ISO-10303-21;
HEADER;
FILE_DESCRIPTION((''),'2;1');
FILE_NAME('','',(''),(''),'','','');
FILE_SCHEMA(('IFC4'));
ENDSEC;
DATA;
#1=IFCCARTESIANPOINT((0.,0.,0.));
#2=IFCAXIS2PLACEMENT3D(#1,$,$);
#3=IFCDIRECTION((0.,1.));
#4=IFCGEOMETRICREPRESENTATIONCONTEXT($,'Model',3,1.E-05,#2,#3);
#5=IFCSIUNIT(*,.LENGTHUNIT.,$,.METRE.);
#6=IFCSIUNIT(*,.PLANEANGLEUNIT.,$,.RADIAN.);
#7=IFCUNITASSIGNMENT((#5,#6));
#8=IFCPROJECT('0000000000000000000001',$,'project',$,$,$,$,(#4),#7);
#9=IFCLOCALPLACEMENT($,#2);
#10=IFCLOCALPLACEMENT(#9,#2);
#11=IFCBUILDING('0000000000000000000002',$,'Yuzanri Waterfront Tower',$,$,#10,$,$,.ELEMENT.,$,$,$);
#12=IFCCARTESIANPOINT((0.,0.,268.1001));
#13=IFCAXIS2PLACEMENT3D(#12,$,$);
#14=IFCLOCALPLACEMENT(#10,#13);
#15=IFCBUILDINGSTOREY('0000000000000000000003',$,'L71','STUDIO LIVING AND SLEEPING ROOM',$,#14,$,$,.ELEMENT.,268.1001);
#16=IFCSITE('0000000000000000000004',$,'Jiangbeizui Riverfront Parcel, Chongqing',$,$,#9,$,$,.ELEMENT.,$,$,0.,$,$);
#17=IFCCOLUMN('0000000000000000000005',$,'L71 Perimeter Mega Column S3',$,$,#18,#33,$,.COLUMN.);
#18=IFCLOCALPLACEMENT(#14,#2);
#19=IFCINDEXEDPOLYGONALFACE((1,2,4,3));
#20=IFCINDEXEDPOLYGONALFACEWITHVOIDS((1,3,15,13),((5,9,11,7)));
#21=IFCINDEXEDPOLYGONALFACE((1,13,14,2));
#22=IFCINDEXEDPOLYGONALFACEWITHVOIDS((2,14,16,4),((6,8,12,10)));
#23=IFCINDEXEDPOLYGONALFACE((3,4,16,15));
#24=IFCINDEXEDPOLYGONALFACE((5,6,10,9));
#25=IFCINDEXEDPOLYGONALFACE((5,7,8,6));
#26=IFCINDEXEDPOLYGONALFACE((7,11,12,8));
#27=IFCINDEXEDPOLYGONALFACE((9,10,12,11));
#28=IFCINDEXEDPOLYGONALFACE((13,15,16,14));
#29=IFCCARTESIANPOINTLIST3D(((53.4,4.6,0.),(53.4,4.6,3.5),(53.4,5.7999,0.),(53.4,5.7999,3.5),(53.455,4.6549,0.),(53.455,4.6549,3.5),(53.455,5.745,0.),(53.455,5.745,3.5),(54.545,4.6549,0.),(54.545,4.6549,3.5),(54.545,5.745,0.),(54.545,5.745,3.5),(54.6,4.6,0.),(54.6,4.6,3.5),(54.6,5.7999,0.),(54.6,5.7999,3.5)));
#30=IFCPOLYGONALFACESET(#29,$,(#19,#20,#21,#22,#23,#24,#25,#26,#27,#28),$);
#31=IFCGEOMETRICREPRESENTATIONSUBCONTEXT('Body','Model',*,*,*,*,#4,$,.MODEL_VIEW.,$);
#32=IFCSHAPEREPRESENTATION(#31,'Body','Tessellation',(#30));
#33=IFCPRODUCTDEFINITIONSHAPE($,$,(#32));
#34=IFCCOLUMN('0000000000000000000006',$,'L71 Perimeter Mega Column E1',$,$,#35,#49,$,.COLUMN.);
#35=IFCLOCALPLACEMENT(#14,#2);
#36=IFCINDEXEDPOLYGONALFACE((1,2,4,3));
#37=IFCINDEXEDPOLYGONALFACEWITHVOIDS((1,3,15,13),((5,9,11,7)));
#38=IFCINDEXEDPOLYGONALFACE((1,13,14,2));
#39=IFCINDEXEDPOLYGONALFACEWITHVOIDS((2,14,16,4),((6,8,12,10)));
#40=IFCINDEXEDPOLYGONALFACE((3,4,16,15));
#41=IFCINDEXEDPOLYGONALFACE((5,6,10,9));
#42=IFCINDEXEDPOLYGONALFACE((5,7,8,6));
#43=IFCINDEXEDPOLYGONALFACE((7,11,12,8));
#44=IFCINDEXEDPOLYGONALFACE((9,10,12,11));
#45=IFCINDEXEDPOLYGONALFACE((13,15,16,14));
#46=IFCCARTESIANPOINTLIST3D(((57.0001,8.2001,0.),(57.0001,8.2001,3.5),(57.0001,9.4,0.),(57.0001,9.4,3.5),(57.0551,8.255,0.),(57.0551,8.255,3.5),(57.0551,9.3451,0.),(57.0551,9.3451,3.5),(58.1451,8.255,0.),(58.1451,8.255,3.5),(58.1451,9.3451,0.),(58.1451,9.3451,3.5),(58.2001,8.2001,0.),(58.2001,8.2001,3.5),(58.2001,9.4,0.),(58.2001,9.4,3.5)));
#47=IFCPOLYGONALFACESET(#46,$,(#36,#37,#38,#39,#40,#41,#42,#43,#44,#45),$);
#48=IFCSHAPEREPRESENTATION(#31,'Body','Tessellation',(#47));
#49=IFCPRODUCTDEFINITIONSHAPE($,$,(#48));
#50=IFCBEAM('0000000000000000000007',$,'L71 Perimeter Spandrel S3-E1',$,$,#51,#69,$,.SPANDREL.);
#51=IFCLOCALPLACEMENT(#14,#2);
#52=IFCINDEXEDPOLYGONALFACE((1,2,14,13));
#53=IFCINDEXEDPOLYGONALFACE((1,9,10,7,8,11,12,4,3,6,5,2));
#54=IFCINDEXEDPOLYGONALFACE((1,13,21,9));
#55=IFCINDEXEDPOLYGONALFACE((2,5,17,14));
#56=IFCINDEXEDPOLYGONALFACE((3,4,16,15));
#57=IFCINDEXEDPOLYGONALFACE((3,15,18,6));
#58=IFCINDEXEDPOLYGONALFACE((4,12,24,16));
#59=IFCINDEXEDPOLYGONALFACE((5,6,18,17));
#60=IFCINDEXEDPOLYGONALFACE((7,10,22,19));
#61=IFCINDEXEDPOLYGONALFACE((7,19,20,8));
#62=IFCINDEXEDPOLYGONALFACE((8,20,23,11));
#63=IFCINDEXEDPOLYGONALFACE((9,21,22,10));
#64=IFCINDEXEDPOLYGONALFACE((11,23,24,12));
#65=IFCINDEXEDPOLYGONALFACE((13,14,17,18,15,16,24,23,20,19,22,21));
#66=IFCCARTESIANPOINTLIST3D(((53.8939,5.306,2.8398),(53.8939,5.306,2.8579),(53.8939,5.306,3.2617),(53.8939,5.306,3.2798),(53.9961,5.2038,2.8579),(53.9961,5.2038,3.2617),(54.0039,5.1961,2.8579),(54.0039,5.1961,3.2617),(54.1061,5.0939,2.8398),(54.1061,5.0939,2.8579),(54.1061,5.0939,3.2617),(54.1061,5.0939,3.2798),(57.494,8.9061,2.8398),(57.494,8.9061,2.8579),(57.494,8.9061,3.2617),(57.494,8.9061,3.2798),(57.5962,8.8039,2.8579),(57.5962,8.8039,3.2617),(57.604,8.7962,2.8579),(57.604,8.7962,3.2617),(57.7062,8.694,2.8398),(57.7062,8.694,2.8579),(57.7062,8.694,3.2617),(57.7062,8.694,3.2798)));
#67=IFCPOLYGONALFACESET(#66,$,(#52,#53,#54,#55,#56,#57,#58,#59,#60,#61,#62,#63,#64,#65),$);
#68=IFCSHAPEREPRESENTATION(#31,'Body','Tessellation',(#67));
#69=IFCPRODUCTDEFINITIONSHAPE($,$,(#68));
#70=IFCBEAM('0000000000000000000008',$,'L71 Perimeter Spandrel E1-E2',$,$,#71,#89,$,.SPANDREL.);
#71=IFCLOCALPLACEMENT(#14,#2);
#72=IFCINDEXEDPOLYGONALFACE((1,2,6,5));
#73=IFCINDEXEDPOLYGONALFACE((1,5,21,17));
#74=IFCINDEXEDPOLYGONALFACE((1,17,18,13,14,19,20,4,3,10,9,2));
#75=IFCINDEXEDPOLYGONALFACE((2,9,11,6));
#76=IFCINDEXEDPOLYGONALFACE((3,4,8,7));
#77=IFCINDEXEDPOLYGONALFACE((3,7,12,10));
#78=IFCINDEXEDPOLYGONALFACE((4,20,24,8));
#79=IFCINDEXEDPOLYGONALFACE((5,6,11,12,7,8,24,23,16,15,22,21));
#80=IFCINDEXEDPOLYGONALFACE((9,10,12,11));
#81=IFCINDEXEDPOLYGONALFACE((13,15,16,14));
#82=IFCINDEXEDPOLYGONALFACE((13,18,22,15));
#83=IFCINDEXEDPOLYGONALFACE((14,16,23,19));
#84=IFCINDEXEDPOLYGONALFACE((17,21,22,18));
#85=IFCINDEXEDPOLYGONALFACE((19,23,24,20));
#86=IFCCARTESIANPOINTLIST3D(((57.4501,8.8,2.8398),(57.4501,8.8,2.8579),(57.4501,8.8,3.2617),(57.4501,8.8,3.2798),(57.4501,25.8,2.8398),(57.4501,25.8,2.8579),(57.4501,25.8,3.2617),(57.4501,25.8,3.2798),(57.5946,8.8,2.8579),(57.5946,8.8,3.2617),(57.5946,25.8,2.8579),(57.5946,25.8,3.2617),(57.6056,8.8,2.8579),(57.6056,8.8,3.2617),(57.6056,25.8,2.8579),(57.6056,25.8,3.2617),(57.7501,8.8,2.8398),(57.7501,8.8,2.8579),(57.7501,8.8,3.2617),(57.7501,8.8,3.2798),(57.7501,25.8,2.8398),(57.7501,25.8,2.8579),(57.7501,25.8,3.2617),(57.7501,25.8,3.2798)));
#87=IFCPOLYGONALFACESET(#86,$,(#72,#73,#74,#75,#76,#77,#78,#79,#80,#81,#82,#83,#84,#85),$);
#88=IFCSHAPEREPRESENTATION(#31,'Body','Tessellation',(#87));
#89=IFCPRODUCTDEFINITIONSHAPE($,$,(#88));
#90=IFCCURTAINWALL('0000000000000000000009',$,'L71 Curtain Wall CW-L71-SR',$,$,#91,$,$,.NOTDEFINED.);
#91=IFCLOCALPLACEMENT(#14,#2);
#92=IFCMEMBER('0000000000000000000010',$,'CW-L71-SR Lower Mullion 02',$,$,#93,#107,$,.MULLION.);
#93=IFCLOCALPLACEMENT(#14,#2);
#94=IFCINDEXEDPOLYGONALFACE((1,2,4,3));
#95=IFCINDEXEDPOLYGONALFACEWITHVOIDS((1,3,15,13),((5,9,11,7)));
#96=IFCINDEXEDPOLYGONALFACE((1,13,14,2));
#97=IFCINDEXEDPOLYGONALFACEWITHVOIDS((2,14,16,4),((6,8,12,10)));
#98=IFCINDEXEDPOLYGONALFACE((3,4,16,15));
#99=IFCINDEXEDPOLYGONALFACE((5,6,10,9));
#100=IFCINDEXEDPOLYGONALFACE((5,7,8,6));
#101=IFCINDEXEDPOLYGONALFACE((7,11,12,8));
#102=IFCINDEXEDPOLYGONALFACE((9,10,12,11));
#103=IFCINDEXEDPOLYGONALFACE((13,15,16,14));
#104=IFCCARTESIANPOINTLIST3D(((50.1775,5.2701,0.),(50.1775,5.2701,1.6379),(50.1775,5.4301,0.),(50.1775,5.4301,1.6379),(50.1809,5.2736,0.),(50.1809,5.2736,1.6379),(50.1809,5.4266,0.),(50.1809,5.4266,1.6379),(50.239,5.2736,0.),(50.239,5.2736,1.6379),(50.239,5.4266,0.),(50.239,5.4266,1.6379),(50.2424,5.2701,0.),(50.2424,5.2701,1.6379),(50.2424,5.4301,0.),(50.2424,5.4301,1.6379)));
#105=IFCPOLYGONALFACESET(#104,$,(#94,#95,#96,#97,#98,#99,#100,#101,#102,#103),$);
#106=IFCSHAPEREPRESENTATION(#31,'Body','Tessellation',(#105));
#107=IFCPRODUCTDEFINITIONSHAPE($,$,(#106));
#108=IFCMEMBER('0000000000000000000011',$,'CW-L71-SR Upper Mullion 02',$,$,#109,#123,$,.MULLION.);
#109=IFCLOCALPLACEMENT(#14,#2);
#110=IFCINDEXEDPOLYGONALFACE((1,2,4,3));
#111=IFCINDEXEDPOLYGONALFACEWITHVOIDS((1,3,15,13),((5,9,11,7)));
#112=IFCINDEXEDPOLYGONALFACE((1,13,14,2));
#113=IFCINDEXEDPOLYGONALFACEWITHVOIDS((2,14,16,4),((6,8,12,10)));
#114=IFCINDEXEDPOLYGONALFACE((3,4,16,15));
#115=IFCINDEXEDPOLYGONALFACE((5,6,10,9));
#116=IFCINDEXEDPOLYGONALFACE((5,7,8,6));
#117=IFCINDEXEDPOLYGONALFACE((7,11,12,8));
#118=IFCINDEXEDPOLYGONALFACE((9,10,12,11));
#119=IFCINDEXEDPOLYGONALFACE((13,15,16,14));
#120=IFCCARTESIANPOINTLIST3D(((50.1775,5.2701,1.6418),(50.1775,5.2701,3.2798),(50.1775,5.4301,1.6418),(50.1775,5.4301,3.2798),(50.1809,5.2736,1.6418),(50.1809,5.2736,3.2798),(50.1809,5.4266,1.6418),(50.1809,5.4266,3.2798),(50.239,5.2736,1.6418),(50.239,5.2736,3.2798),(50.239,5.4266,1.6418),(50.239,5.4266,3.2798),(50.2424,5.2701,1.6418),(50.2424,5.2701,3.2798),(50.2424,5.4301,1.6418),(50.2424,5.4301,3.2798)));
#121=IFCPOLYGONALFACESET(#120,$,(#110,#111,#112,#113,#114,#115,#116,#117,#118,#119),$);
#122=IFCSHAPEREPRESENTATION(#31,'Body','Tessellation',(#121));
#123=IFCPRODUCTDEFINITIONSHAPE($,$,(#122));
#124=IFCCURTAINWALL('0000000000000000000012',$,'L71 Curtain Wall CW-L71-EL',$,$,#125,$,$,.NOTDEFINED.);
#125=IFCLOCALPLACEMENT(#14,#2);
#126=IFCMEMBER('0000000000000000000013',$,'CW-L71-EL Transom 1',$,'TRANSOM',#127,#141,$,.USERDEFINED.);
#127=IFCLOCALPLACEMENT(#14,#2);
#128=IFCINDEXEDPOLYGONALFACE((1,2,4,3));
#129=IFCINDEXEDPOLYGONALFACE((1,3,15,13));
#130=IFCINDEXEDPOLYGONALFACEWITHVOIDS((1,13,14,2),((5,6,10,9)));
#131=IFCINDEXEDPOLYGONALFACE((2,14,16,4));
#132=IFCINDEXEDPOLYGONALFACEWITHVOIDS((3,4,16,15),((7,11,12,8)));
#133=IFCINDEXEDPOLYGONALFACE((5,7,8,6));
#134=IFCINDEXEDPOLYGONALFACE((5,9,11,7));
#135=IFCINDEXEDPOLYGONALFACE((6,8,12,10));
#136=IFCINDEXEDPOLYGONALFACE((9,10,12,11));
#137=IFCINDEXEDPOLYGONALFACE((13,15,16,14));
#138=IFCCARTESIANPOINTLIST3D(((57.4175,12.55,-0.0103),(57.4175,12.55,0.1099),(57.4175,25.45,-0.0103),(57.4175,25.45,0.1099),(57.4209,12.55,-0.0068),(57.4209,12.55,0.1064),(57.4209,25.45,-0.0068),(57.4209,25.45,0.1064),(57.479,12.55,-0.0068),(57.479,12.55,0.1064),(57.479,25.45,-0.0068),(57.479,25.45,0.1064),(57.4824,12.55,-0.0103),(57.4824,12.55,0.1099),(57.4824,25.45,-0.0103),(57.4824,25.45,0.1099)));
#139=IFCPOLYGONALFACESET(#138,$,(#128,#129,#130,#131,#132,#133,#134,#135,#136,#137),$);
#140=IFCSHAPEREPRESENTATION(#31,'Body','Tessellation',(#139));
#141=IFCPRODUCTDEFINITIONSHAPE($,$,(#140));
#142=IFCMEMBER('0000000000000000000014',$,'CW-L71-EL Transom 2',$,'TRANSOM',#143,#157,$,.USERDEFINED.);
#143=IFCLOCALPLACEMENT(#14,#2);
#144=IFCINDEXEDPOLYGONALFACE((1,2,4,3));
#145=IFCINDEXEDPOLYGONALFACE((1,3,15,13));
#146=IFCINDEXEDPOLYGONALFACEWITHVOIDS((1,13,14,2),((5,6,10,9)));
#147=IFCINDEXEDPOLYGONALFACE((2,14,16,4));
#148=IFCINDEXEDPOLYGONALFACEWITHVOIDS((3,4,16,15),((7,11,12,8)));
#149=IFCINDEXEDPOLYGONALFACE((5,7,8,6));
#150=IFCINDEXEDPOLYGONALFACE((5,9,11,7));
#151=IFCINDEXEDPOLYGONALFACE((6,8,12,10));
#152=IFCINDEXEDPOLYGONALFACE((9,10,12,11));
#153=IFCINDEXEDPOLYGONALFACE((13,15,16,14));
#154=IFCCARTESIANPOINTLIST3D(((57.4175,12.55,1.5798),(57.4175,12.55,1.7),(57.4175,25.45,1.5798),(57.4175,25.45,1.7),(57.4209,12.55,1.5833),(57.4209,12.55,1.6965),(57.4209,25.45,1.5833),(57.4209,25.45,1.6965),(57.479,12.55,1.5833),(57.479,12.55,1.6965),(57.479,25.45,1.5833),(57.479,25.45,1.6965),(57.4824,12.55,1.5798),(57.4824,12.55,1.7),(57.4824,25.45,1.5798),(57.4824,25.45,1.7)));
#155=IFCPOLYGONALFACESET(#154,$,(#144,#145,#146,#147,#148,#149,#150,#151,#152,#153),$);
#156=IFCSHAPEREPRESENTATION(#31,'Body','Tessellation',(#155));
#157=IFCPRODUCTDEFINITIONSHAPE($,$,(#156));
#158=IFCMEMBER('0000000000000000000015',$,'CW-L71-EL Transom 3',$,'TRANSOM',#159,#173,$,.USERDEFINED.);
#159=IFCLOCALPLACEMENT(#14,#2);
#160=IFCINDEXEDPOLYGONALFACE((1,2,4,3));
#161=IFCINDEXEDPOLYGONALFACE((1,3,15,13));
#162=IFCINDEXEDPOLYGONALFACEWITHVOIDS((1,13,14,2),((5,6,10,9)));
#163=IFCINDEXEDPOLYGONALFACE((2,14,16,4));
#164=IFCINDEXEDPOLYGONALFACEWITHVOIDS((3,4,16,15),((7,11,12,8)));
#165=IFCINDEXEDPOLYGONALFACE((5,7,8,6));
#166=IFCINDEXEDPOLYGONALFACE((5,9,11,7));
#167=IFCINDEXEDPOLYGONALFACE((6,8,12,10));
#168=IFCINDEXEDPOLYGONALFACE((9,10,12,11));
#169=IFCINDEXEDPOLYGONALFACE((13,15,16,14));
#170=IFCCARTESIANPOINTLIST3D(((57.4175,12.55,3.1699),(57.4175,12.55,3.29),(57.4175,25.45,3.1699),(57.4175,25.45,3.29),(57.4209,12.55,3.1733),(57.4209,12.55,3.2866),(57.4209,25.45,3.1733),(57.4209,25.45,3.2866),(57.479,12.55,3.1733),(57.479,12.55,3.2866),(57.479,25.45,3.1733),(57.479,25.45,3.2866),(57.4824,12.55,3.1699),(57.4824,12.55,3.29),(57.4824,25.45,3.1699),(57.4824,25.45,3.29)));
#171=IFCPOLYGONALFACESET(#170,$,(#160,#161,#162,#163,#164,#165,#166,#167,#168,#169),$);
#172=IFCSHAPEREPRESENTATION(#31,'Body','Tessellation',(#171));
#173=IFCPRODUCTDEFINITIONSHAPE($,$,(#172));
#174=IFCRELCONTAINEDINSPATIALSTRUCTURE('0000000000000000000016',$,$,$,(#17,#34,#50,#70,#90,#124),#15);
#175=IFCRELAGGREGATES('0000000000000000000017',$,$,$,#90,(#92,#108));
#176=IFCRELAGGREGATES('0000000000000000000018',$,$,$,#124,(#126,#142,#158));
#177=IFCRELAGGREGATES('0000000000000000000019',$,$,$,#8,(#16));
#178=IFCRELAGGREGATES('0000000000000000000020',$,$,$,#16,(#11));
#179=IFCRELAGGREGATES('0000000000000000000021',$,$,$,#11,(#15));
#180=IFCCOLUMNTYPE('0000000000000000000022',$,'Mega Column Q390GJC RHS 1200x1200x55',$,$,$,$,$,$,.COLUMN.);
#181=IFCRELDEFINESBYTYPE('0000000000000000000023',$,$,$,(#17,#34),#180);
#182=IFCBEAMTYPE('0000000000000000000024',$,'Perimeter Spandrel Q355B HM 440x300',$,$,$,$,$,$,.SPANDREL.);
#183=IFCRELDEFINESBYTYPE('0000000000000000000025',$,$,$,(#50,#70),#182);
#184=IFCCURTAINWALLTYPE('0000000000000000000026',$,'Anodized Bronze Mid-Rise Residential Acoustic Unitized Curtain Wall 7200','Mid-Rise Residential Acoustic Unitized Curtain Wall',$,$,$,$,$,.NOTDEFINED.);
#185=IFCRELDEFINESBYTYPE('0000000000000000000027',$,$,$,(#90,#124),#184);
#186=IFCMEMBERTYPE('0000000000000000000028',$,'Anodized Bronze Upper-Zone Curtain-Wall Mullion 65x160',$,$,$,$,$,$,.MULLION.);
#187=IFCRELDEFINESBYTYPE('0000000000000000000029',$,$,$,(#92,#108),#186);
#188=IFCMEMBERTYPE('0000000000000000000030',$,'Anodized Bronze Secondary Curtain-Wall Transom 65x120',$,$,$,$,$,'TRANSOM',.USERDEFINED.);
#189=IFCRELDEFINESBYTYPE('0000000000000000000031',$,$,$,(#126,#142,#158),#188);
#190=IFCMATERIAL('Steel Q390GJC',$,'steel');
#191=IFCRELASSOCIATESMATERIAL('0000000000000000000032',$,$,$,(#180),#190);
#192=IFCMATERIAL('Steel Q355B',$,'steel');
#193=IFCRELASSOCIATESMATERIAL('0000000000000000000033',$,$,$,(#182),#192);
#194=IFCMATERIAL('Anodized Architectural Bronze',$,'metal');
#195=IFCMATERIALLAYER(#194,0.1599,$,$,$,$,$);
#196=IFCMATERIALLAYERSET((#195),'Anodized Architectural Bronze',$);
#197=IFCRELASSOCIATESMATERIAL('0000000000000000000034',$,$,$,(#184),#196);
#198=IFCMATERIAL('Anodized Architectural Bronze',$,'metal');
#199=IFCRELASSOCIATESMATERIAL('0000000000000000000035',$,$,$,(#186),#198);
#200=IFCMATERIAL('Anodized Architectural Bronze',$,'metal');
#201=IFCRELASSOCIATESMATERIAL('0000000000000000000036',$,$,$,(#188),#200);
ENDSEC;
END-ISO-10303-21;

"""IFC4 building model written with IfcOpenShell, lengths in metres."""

from ifc_helpers import new_model, si_unit, direction, frame, origin, origin_2d, place, context, subcontext, project, spatial, hollow_rectangle, i_section, extrude, source, transform, mapped, material, layer, layer_set, material_profile, profile_set, type_object, element, aggregate, save


model = new_model("IFC4")

# Units and contexts
model_context = context("Model", 3, precision=1e-05, world=origin(), true_north=direction((0.0, 1.0)))
body_context = subcontext(model_context, "Body", "Model", "MODEL_VIEW")
ifc_project = project(units=[si_unit("LENGTHUNIT", "METRE"), si_unit("PLANEANGLEUNIT", "RADIAN")], contexts=[model_context])

# Site, building, storey
site_placement = place(None, origin())
site = spatial("IfcSite", under=ifc_project, at=site_placement, Name="Jiangbeizui Riverfront Parcel, Chongqing", CompositionType="ELEMENT", RefElevation=0.0)
building_placement = place(site_placement, origin())
building = spatial("IfcBuilding", under=site, at=building_placement, Name="Yuzanri Waterfront Tower", CompositionType="ELEMENT")
storey_placement = place(building_placement, frame((0.0, 0.0, 268.1001)))
storey = spatial("IfcBuildingStorey", under=building, at=storey_placement, Name="L71", Description="STUDIO LIVING AND SLEEPING ROOM", CompositionType="ELEMENT", Elevation=268.1001)

# Columns
ifc_material_1 = material(Name="Steel Q390GJC", Category="steel")
ifc_material_profile_1 = material_profile(ifc_material_1, hollow_rectangle(XDim=1.2, YDim=1.2, WallThickness=0.0549, at=origin_2d()), Name="RHS 1200x1200x55")
ifc_profile_set_1 = profile_set([ifc_material_profile_1], Name="Steel Q390GJC")
column_type = type_object("IfcColumnType", Name="Mega Column Q390GJC RHS 1200x1200x55", PredefinedType="COLUMN", material=ifc_profile_set_1)
shared_shape_1 = source(origin(), body_context, "Body", "SweptSolid", [
    extrude(hollow_rectangle(XDim=1.2, YDim=1.2, WallThickness=0.0549, at=origin_2d()), origin(), (0.0, 0.0, 1.0), 3.5),
])
for number, where, z_axis, x_axis, name in (
    (1, (54.0, 5.2, 0.0), (0.0, 0.0, 1.0), (1.0, 0.0, 0.0), "L71 Perimeter Mega Column S3"),
    (2, (57.6001, 8.8, 0.0), (0.0, 0.0, 1.0), (1.0, 0.0, 0.0), "L71 Perimeter Mega Column E1"),
):
    element("IfcColumn", number, at=place(storey_placement, frame(where, z_axis=z_axis, x_axis=x_axis)), inside=storey, type_object=column_type, Name=name, PredefinedType="COLUMN", context=body_context, shape_type="MappedRepresentation", body=[
        mapped(shared_shape_1, transform((0.0, 0.0, 0.0), scale=1.0)),
    ])

# Beams
ifc_material_2 = material(Name="Steel Q355B", Category="steel")
ifc_material_profile_2 = material_profile(ifc_material_2, i_section(OverallWidth=0.3, OverallDepth=0.4399, WebThickness=0.011, FlangeThickness=0.0181, at=origin_2d()), Name="HM 440x300x11x18")
ifc_profile_set_2 = profile_set([ifc_material_profile_2], Name="Steel Q355B")
beam_type = type_object("IfcBeamType", Name="Perimeter Spandrel Q355B HM 440x300", PredefinedType="SPANDREL", material=ifc_profile_set_2)
shared_shape_2 = source(origin(), body_context, "Body", "SweptSolid", [
    extrude(i_section(OverallWidth=0.3, OverallDepth=0.4399, WebThickness=0.011, FlangeThickness=0.0181, at=origin_2d()), origin(), (0.0, 0.0, 1.0), 5.0913),
])
beam_1_placement = place(storey_placement, frame((54.0, 5.2, 3.0598), z_axis=(0.707107, 0.707107, 0.0), x_axis=(-0.707107, 0.707107, 0.0)))
element("IfcBeam", 3, at=beam_1_placement, inside=storey, type_object=beam_type, Name="L71 Perimeter Spandrel S3-E1", PredefinedType="SPANDREL", context=body_context, shape_type="MappedRepresentation", body=[
    mapped(shared_shape_2, transform((0.0, 0.0, 0.0), scale=1.0)),
])
shared_shape_3 = source(origin(), body_context, "Body", "SweptSolid", [
    extrude(i_section(OverallWidth=0.3, OverallDepth=0.4399, WebThickness=0.011, FlangeThickness=0.0181, at=origin_2d()), origin(), (0.0, 0.0, 1.0), 17.0),
])
beam_2_placement = place(storey_placement, frame((57.6001, 8.8, 3.0598), z_axis=(0.0, 1.0, 0.0), x_axis=(-1.0, 0.0, 0.0)))
element("IfcBeam", 4, at=beam_2_placement, inside=storey, type_object=beam_type, Name="L71 Perimeter Spandrel E1-E2", PredefinedType="SPANDREL", context=body_context, shape_type="MappedRepresentation", body=[
    mapped(shared_shape_3, transform((0.0, 0.0, 0.0), scale=1.0)),
])

# Curtain walls, members
ifc_material_3 = material(Name="Anodized Architectural Bronze", Category="metal")
ifc_layer_1 = layer(ifc_material_3, 0.1599)
ifc_layer_set_1 = layer_set([ifc_layer_1], Name="Anodized Architectural Bronze")
curtain_wall_type = type_object("IfcCurtainWallType", Name="Anodized Bronze Mid-Rise Residential Acoustic Unitized Curtain Wall 7200", Description="Mid-Rise Residential Acoustic Unitized Curtain Wall", PredefinedType="NOTDEFINED", material=ifc_layer_set_1)
curtain_wall_1_placement = place(storey_placement, origin())
curtain_wall_1 = element("IfcCurtainWall", 5, at=curtain_wall_1_placement, inside=storey, type_object=curtain_wall_type, Name="L71 Curtain Wall CW-L71-SR", PredefinedType="NOTDEFINED")
ifc_material_4 = material(Name="Anodized Architectural Bronze", Category="metal")
ifc_material_profile_3 = material_profile(ifc_material_4, hollow_rectangle(XDim=0.0649, YDim=0.1599, WallThickness=0.0034, at=origin_2d()), Name="CWM 65x160")
ifc_profile_set_3 = profile_set([ifc_material_profile_3], Name="Anodized Architectural Bronze")
member_type_1 = type_object("IfcMemberType", Name="Anodized Bronze Upper-Zone Curtain-Wall Mullion 65x160", PredefinedType="MULLION", material=ifc_profile_set_3)
shared_shape_4 = source(origin(), body_context, "Body", "SweptSolid", [
    extrude(hollow_rectangle(XDim=0.0649, YDim=0.1599, WallThickness=0.0034, at=origin_2d()), origin(), (0.0, 0.0, 1.0), 1.6379),
])
member_1_placement = place(storey_placement, frame((50.21, 5.3501, 0.0), z_axis=(0.0, 0.0, 1.0), x_axis=(1.0, 0.0, 0.0)))
member_1 = element("IfcMember", 6, at=member_1_placement, type_object=member_type_1, Name="CW-L71-SR Lower Mullion 02", PredefinedType="MULLION", context=body_context, shape_type="MappedRepresentation", body=[
    mapped(shared_shape_4, transform((0.0, 0.0, 0.0), scale=1.0)),
])
member_2_placement = place(storey_placement, frame((50.21, 5.3501, 1.6418), z_axis=(0.0, 0.0, 1.0), x_axis=(1.0, 0.0, 0.0)))
member_2 = element("IfcMember", 7, at=member_2_placement, type_object=member_type_1, Name="CW-L71-SR Upper Mullion 02", PredefinedType="MULLION", context=body_context, shape_type="MappedRepresentation", body=[
    mapped(shared_shape_4, transform((0.0, 0.0, 0.0), scale=1.0)),
])
aggregate(curtain_wall_1, [member_1, member_2])
curtain_wall_2_placement = place(storey_placement, origin())
curtain_wall_2 = element("IfcCurtainWall", 8, at=curtain_wall_2_placement, inside=storey, type_object=curtain_wall_type, Name="L71 Curtain Wall CW-L71-EL", PredefinedType="NOTDEFINED")
ifc_material_5 = material(Name="Anodized Architectural Bronze", Category="metal")
ifc_material_profile_4 = material_profile(ifc_material_5, hollow_rectangle(XDim=0.0649, YDim=0.1201, WallThickness=0.0034, at=origin_2d()), Name="CWT 65x120")
ifc_profile_set_4 = profile_set([ifc_material_profile_4], Name="Anodized Architectural Bronze")
member_type_2 = type_object("IfcMemberType", Name="Anodized Bronze Secondary Curtain-Wall Transom 65x120", ElementType="TRANSOM", PredefinedType="USERDEFINED", material=ifc_profile_set_4)
shared_shape_5 = source(origin(), body_context, "Body", "SweptSolid", [
    extrude(hollow_rectangle(XDim=0.0649, YDim=0.1201, WallThickness=0.0034, at=origin_2d()), origin(), (0.0, 0.0, 1.0), 12.8999),
])
member_3_placement = place(storey_placement, frame((57.45, 12.55, 0.0498), z_axis=(0.0, 1.0, 0.0), x_axis=(-1.0, 0.0, 0.0)))
member_3 = element("IfcMember", 9, at=member_3_placement, type_object=member_type_2, Name="CW-L71-EL Transom 1", ObjectType="TRANSOM", PredefinedType="USERDEFINED", context=body_context, shape_type="MappedRepresentation", body=[
    mapped(shared_shape_5, transform((0.0, 0.0, 0.0), scale=1.0)),
])
member_4_placement = place(storey_placement, frame((57.45, 12.55, 1.6399), z_axis=(0.0, 1.0, 0.0), x_axis=(-1.0, 0.0, 0.0)))
member_4 = element("IfcMember", 10, at=member_4_placement, type_object=member_type_2, Name="CW-L71-EL Transom 2", ObjectType="TRANSOM", PredefinedType="USERDEFINED", context=body_context, shape_type="MappedRepresentation", body=[
    mapped(shared_shape_5, transform((0.0, 0.0, 0.0), scale=1.0)),
])
member_5_placement = place(storey_placement, frame((57.45, 12.55, 3.23), z_axis=(0.0, 1.0, 0.0), x_axis=(-1.0, 0.0, 0.0)))
member_5 = element("IfcMember", 11, at=member_5_placement, type_object=member_type_2, Name="CW-L71-EL Transom 3", ObjectType="TRANSOM", PredefinedType="USERDEFINED", context=body_context, shape_type="MappedRepresentation", body=[
    mapped(shared_shape_5, transform((0.0, 0.0, 0.0), scale=1.0)),
])
aggregate(curtain_wall_2, [member_3, member_4, member_5])

save(model, "model.ifc")
